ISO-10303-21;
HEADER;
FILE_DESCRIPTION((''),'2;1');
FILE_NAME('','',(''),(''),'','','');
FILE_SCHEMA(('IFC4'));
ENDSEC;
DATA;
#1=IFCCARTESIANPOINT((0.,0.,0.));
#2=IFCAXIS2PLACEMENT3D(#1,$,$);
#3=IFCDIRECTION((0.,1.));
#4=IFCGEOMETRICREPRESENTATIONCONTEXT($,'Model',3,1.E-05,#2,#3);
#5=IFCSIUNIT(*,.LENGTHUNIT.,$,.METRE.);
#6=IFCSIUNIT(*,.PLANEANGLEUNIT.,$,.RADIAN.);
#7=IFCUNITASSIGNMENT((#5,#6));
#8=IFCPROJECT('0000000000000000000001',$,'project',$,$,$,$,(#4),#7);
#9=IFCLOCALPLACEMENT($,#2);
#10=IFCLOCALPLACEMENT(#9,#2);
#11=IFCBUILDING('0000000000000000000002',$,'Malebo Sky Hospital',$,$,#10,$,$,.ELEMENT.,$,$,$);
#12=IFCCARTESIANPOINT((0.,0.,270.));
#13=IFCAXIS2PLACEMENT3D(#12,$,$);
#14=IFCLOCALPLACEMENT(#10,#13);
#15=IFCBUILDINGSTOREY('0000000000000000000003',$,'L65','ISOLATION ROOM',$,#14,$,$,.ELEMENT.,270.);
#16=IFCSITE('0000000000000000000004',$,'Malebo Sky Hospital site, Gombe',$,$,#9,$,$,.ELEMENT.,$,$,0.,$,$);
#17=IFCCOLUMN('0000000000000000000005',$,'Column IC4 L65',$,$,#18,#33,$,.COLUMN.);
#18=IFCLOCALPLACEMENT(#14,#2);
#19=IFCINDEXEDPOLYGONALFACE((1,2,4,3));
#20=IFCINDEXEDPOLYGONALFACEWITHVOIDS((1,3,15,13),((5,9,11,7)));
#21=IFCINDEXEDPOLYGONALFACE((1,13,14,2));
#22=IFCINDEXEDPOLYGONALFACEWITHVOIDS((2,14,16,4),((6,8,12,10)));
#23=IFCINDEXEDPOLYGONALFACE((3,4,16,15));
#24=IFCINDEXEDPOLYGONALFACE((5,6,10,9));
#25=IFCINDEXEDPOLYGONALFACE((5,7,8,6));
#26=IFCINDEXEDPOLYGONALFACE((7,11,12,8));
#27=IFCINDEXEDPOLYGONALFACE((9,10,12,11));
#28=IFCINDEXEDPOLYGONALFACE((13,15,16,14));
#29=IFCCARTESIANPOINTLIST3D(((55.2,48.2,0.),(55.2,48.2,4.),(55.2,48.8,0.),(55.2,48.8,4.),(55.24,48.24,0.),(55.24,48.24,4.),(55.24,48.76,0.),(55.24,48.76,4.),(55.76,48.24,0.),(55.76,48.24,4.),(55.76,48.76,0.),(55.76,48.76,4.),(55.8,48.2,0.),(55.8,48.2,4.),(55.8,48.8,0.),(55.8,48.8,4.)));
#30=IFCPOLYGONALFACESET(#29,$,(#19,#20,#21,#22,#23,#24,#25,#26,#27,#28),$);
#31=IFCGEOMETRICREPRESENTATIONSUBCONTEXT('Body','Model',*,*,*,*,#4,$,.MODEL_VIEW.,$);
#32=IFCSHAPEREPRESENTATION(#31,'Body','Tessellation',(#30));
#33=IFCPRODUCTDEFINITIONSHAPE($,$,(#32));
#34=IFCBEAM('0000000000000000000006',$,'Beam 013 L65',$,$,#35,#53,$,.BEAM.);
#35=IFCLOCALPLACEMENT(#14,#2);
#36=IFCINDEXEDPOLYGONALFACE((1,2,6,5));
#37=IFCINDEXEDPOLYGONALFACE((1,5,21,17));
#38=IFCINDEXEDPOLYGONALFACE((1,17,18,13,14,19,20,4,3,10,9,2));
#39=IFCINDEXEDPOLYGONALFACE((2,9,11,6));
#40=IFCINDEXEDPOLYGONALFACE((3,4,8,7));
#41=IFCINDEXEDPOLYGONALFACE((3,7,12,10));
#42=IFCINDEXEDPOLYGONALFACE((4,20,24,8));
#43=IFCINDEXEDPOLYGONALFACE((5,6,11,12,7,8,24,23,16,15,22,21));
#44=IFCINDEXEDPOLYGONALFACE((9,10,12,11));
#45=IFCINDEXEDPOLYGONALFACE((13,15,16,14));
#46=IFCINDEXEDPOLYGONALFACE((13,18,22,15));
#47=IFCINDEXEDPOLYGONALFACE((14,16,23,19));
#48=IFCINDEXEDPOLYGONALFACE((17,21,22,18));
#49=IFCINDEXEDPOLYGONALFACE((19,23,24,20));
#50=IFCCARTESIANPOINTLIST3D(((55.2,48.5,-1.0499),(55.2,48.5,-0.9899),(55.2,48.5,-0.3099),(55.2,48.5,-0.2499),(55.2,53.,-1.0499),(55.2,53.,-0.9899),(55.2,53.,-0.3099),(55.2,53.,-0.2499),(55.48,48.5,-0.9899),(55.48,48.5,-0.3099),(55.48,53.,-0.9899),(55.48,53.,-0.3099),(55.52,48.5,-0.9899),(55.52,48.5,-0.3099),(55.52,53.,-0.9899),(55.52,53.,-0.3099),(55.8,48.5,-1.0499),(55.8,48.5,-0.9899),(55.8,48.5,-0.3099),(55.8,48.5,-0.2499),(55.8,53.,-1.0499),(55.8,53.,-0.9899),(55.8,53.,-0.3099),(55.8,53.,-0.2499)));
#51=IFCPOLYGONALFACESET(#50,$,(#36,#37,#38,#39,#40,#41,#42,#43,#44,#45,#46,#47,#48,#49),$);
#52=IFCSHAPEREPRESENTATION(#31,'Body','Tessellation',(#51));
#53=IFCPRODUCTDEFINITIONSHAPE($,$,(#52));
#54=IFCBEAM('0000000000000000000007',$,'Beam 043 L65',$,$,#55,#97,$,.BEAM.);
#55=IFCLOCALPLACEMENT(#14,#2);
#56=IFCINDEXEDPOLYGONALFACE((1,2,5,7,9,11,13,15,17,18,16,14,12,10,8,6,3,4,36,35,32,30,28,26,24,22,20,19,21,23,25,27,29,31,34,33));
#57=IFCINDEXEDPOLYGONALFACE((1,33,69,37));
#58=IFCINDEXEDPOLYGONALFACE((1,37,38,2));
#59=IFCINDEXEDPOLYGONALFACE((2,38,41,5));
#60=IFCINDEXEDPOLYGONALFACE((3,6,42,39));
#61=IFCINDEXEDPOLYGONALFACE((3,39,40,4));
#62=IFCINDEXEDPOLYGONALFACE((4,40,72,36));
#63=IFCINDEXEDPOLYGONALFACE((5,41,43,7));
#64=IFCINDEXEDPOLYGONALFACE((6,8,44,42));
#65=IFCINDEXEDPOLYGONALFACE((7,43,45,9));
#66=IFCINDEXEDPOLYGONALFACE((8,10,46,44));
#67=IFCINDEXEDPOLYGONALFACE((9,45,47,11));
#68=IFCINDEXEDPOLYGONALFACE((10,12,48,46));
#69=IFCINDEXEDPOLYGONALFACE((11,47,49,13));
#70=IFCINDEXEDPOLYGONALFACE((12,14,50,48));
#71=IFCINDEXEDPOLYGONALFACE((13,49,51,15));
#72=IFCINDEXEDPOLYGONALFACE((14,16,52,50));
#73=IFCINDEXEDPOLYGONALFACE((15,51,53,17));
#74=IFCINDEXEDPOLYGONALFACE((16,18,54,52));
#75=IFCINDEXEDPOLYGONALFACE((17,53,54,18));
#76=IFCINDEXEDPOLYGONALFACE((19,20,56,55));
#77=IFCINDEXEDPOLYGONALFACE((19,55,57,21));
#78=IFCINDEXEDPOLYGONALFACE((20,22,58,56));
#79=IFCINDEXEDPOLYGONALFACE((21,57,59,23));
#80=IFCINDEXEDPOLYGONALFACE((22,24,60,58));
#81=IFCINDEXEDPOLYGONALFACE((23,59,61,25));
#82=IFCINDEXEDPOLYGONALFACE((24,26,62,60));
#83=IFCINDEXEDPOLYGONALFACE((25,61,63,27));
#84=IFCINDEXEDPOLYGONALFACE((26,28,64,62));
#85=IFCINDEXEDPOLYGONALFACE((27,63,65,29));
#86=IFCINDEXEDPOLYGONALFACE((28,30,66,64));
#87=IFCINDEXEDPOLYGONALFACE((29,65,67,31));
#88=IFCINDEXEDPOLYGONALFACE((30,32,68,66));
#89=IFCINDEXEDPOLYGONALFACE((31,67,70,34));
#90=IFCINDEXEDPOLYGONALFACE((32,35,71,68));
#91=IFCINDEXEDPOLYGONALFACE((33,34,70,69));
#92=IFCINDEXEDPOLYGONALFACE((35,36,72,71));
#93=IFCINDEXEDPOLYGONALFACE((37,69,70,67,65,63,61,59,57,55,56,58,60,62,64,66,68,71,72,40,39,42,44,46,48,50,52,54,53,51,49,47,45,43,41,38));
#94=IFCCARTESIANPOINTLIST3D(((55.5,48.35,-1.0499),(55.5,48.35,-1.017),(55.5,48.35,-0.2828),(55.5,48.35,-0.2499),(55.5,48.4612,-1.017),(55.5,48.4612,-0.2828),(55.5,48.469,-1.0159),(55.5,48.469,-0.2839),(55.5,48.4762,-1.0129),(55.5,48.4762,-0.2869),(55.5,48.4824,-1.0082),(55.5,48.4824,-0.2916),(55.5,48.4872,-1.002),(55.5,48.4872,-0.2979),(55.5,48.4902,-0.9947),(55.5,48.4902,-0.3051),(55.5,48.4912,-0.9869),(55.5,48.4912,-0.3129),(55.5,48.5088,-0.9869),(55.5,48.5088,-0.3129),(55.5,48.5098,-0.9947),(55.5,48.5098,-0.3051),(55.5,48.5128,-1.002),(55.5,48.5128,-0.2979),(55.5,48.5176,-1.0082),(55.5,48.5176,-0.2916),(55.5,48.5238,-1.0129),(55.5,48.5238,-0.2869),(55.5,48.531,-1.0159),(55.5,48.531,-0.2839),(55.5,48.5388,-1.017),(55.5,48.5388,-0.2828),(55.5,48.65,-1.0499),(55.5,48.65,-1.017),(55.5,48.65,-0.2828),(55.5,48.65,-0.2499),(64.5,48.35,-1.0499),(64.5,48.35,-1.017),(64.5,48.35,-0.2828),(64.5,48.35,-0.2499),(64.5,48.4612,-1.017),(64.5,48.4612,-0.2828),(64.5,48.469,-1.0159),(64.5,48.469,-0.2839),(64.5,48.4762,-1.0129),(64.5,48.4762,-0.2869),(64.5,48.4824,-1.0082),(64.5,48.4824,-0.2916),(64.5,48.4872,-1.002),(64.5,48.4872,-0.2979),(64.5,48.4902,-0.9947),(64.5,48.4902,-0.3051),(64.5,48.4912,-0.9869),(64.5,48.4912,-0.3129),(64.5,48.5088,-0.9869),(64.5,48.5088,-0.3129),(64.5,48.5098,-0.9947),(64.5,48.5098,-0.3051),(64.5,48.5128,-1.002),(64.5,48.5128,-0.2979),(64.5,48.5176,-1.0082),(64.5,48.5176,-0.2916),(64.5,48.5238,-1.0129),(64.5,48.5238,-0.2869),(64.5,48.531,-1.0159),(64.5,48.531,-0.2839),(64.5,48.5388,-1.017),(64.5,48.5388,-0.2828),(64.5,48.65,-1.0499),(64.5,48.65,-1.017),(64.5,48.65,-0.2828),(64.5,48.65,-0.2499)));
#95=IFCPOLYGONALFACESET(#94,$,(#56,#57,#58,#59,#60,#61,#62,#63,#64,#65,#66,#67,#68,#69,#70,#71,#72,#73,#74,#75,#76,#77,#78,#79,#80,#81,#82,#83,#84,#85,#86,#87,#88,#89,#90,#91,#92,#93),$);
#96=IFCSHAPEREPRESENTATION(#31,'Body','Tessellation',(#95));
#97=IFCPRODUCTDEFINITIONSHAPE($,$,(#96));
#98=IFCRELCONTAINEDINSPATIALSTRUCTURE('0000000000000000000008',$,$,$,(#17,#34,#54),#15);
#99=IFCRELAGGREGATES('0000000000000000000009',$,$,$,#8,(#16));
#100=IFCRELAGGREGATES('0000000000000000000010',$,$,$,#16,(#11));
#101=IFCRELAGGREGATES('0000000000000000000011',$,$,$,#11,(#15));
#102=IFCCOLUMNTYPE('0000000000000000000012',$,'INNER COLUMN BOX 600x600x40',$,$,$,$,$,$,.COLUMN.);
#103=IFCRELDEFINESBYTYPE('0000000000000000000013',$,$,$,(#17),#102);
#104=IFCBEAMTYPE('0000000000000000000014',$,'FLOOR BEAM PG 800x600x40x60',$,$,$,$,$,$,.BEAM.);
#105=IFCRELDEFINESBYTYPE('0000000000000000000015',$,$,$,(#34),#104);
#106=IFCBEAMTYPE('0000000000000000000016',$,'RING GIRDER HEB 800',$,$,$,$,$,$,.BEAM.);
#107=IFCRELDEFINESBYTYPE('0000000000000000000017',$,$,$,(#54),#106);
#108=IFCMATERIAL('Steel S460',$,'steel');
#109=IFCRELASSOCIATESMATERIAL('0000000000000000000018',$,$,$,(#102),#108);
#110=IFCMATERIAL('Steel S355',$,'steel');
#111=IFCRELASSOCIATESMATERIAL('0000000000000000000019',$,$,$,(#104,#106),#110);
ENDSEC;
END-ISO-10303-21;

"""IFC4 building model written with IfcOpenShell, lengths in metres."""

from ifc_helpers import new_model, si_unit, direction, frame, origin, origin_2d, place, context, subcontext, project, spatial, hollow_rectangle, i_section, extrude, material, material_profile, profile_set, type_object, element, save


model = new_model("IFC4")

# Units and contexts
model_context = context("Model", 3, precision=1e-05, world=origin(), true_north=direction((0.0, 1.0)))
body_context = subcontext(model_context, "Body", "Model", "MODEL_VIEW")
ifc_project = project(units=[si_unit("LENGTHUNIT", "METRE"), si_unit("PLANEANGLEUNIT", "RADIAN")], contexts=[model_context])

# Site, building, storey
site_placement = place(None, origin())
site = spatial("IfcSite", under=ifc_project, at=site_placement, Name="Malebo Sky Hospital site, Gombe", CompositionType="ELEMENT", RefElevation=0.0)
building_placement = place(site_placement, origin())
building = spatial("IfcBuilding", under=site, at=building_placement, Name="Malebo Sky Hospital", CompositionType="ELEMENT")
storey_placement = place(building_placement, frame((0.0, 0.0, 270.0)))
storey = spatial("IfcBuildingStorey", under=building, at=storey_placement, Name="L65", Description="ISOLATION ROOM", CompositionType="ELEMENT", Elevation=270.0)

# Column
ifc_material_1 = material(Name="Steel S460", Category="steel")
ifc_material_profile_1 = material_profile(ifc_material_1, hollow_rectangle(XDim=0.6001, YDim=0.6001, WallThickness=0.04, at=origin_2d()), Name="BOX 600x600x40")
ifc_profile_set_1 = profile_set([ifc_material_profile_1], Name="Steel S460")
column_type = type_object("IfcColumnType", Name="INNER COLUMN BOX 600x600x40", PredefinedType="COLUMN", material=ifc_profile_set_1)
column_placement = place(storey_placement, frame((55.5, 48.5, 0.0), z_axis=(0.0, 0.0, 1.0), x_axis=(1.0, 0.0, 0.0)))
element("IfcColumn", 1, at=column_placement, inside=storey, type_object=column_type, Name="Column IC4 L65", PredefinedType="COLUMN", context=body_context, shape_type="SweptSolid", body=[
    extrude(hollow_rectangle(XDim=0.6001, YDim=0.6001, WallThickness=0.04, at=origin_2d()), origin(), (0.0, 0.0, 1.0), 4.0),
])

# Beams
ifc_material_2 = material(Name="Steel S355", Category="steel")
ifc_material_profile_2 = material_profile(ifc_material_2, i_section(OverallWidth=0.6001, OverallDepth=0.8, WebThickness=0.04, FlangeThickness=0.0601, at=origin_2d()), Name="PG 800x600x40x60")
ifc_profile_set_2 = profile_set([ifc_material_profile_2], Name="Steel S355")
beam_type_1 = type_object("IfcBeamType", Name="FLOOR BEAM PG 800x600x40x60", PredefinedType="BEAM", material=ifc_profile_set_2)
beam_1_placement = place(storey_placement, frame((55.5, 48.5, -0.6499), z_axis=(0.0, 1.0, 0.0), x_axis=(-1.0, 0.0, 0.0)))
element("IfcBeam", 2, at=beam_1_placement, inside=storey, type_object=beam_type_1, Name="Beam 013 L65", PredefinedType="BEAM", context=body_context, shape_type="SweptSolid", body=[
    extrude(i_section(OverallWidth=0.6001, OverallDepth=0.8, WebThickness=0.04, FlangeThickness=0.0601, at=origin_2d()), origin(), (0.0, 0.0, 1.0), 4.5),
])
ifc_material_profile_3 = material_profile(ifc_material_2, i_section(OverallWidth=0.3, OverallDepth=0.8, WebThickness=0.0176, FlangeThickness=0.033, FilletRadius=0.03, at=origin_2d()), Name="HEB 800")
ifc_profile_set_3 = profile_set([ifc_material_profile_3], Name="Steel S355")
beam_type_2 = type_object("IfcBeamType", Name="RING GIRDER HEB 800", PredefinedType="BEAM", material=ifc_profile_set_3)
beam_2_placement = place(storey_placement, frame((55.5, 48.5, -0.6499), z_axis=(1.0, 0.0, 0.0), x_axis=(0.0, 1.0, 0.0)))
element("IfcBeam", 3, at=beam_2_placement, inside=storey, type_object=beam_type_2, Name="Beam 043 L65", PredefinedType="BEAM", context=body_context, shape_type="SweptSolid", body=[
    extrude(i_section(OverallWidth=0.3, OverallDepth=0.8, WebThickness=0.0176, FlangeThickness=0.033, FilletRadius=0.03, at=origin_2d()), origin(), (0.0, 0.0, 1.0), 9.0),
])

save(model, "model.ifc")
